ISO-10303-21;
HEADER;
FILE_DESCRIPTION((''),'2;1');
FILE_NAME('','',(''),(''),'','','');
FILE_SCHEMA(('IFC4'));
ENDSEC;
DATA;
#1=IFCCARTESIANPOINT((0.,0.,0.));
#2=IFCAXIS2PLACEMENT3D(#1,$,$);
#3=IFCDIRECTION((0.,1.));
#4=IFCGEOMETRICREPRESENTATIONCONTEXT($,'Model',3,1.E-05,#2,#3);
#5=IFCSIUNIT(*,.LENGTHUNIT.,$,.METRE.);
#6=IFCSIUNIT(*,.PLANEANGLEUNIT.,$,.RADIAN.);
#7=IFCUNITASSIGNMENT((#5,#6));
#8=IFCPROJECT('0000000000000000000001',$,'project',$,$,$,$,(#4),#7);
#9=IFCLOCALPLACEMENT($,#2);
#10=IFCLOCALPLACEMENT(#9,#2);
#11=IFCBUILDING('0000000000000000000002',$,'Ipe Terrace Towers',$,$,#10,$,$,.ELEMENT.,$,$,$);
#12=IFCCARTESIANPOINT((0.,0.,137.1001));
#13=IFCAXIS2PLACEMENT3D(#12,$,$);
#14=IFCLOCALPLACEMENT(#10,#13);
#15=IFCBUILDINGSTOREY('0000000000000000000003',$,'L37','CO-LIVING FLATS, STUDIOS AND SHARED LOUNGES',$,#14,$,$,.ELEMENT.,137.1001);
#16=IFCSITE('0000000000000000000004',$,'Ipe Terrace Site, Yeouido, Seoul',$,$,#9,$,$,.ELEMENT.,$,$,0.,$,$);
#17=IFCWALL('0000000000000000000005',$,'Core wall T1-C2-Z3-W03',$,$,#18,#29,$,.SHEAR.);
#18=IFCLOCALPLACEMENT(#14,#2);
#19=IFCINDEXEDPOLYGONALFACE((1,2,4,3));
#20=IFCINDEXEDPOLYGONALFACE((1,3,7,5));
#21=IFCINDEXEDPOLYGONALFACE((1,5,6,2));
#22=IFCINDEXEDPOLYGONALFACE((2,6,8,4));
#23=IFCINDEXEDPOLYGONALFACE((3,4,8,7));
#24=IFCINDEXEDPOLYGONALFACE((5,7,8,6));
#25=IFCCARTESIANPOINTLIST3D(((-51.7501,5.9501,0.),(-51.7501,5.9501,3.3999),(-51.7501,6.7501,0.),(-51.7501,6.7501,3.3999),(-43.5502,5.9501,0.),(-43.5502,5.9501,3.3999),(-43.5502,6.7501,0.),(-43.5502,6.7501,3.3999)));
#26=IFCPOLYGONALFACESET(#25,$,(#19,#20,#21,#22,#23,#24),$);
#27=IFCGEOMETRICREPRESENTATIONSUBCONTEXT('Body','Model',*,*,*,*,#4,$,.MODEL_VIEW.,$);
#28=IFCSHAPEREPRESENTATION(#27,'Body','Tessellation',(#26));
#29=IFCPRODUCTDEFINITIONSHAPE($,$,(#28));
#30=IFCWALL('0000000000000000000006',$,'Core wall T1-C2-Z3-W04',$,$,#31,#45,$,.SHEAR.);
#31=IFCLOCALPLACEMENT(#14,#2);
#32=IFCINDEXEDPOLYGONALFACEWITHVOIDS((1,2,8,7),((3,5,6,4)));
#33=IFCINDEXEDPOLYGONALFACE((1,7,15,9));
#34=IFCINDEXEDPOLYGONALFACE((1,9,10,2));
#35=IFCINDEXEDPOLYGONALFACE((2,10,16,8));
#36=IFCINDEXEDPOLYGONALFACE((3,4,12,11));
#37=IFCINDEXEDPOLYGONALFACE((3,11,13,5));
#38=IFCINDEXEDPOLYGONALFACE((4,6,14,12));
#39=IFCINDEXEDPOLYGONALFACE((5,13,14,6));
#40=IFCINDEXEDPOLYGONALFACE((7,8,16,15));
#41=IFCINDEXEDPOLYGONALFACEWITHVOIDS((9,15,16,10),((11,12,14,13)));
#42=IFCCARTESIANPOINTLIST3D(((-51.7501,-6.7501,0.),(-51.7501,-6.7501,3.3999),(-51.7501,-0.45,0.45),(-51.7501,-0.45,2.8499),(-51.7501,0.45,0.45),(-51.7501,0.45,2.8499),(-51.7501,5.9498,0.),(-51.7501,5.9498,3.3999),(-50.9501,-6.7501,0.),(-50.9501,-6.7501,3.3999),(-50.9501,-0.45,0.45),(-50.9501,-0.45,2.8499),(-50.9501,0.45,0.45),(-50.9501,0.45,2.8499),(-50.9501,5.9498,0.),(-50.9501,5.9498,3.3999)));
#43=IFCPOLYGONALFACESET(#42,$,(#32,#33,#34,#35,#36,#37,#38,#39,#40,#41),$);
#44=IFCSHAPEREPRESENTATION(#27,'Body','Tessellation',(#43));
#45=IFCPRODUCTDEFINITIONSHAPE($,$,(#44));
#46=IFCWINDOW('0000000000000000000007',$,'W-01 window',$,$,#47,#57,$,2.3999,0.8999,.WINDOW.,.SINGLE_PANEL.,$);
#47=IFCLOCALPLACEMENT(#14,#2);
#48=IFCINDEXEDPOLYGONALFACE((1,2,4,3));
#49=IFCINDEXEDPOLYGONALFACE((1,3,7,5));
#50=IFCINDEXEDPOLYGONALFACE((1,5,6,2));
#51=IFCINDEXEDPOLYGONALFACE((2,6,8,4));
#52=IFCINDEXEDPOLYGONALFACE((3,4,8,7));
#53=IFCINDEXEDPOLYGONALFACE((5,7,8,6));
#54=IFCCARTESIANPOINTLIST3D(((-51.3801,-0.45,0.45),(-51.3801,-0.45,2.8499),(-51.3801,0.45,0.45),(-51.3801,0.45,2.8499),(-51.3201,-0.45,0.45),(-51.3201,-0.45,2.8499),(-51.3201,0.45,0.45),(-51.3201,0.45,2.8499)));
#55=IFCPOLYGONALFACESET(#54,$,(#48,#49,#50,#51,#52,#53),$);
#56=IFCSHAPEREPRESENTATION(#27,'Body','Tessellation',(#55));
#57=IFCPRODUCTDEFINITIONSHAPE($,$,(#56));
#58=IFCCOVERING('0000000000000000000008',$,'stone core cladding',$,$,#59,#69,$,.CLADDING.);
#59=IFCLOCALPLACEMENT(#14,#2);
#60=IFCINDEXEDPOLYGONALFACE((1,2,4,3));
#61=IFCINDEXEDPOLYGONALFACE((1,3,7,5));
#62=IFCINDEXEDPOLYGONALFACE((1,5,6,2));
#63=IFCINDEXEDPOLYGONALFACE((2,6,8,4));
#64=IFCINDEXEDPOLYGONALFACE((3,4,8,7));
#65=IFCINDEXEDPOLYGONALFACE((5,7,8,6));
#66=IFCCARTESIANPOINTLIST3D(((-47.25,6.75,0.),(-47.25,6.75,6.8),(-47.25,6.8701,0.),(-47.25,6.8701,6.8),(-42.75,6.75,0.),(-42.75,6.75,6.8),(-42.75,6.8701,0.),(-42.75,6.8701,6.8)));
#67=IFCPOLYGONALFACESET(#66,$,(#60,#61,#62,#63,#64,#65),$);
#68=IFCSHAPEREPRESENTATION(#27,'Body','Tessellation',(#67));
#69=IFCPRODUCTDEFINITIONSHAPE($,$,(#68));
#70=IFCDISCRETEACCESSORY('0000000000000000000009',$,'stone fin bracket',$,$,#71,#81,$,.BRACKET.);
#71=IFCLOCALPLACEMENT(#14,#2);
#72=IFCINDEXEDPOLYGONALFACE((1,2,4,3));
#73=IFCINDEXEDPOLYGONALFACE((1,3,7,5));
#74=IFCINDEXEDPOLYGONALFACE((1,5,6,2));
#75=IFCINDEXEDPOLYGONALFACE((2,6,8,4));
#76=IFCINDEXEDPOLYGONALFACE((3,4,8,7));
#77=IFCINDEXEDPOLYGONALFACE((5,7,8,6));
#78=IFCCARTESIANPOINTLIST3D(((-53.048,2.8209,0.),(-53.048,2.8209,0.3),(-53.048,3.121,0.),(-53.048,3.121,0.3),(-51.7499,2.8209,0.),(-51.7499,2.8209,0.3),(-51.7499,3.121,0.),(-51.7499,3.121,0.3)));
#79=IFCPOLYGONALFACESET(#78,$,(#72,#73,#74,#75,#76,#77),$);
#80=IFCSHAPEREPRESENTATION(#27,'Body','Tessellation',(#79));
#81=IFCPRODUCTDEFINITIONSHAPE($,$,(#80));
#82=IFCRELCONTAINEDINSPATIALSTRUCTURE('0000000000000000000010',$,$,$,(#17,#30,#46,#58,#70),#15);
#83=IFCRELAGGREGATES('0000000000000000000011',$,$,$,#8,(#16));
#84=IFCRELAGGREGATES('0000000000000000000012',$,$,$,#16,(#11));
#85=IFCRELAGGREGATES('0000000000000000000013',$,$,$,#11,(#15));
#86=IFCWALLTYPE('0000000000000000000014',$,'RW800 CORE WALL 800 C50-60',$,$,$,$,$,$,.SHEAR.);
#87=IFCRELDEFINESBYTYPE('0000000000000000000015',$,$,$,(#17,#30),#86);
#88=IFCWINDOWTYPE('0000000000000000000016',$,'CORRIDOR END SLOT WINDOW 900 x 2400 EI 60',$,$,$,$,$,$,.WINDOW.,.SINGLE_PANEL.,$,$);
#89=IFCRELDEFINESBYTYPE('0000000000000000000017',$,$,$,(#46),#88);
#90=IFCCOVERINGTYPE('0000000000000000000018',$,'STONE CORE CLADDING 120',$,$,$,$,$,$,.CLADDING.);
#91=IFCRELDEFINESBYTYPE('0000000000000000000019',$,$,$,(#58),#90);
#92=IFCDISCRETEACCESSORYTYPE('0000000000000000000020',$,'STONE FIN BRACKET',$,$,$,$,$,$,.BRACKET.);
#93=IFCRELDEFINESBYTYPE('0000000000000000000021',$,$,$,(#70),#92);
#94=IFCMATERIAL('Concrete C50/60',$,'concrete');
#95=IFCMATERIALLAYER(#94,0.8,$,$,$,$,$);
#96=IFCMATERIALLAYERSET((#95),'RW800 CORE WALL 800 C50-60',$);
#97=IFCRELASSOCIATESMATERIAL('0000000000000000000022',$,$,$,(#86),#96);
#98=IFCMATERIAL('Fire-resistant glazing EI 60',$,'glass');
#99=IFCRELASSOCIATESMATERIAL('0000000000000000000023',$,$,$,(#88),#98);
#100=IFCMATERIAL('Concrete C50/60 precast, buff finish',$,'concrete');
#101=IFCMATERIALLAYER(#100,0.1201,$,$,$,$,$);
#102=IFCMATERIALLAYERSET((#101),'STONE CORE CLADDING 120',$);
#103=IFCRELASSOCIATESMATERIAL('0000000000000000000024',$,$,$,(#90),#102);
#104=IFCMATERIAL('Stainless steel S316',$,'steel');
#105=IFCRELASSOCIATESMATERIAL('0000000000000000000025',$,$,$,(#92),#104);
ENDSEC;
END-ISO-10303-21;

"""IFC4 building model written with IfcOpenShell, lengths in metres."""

from ifc_helpers import new_model, si_unit, direction, frame, frame_2d, origin, origin_2d, place, context, subcontext, project, spatial, rectangle, extrude, material, layer, layer_set, type_object, element, fill, save


model = new_model("IFC4")

# Units and contexts
model_context = context("Model", 3, precision=1e-05, world=origin(), true_north=direction((0.0, 1.0)))
body_context = subcontext(model_context, "Body", "Model", "MODEL_VIEW")
ifc_project = project(units=[si_unit("LENGTHUNIT", "METRE"), si_unit("PLANEANGLEUNIT", "RADIAN")], contexts=[model_context])

# Site, building, storey
site_placement = place(None, origin())
site = spatial("IfcSite", under=ifc_project, at=site_placement, Name="Ipe Terrace Site, Yeouido, Seoul", CompositionType="ELEMENT", RefElevation=0.0)
building_placement = place(site_placement, origin())
building = spatial("IfcBuilding", under=site, at=building_placement, Name="Ipe Terrace Towers", CompositionType="ELEMENT")
storey_placement = place(building_placement, frame((0.0, 0.0, 137.1001)))
storey = spatial("IfcBuildingStorey", under=building, at=storey_placement, Name="L37", Description="CO-LIVING FLATS, STUDIOS AND SHARED LOUNGES", CompositionType="ELEMENT", Elevation=137.1001)

# Wall
ifc_material_1 = material(Name="Concrete C50/60", Category="concrete")
ifc_layer_1 = layer(ifc_material_1, 0.8)
ifc_layer_set_1 = layer_set([ifc_layer_1], Name="RW800 CORE WALL 800 C50-60")
wall_type_1 = type_object("IfcWallType", Name="RW800 CORE WALL 800 C50-60", PredefinedType="SHEAR", material=ifc_layer_set_1)
wall_1_placement = place(storey_placement, frame((-43.55, 6.3501, 0.0), z_axis=(0.0, 0.0, 1.0), x_axis=(-1.0, 0.0, 0.0)))
element("IfcWall", 1, at=wall_1_placement, inside=storey, type_object=wall_type_1, Name="Core wall T1-C2-Z3-W03", PredefinedType="SHEAR", context=body_context, shape_type="SweptSolid", body=[
    extrude(rectangle(XDim=8.2, YDim=0.8, at=frame_2d((4.1001, 0.0))), origin(), (0.0, 0.0, 1.0), 3.3999),
])

# Wall, opening, window
wall_2_placement = place(storey_placement, frame((-51.3501, 5.95, 0.0), z_axis=(0.0, 0.0, 1.0), x_axis=(0.0, -1.0, 0.0)))
wall_2 = element("IfcWall", 2, at=wall_2_placement, inside=storey, type_object=wall_type_1, Name="Core wall T1-C2-Z3-W04", PredefinedType="SHEAR", context=body_context, shape_type="SweptSolid", body=[
    extrude(rectangle(XDim=12.7, YDim=0.8, at=frame_2d((6.3501, 0.0))), origin(), (0.0, 0.0, 1.0), 3.3999),
])
opening_1_placement = place(wall_2_placement, frame((5.5, 0.0, 0.45)))
opening_1 = element("IfcOpeningElement", 3, at=opening_1_placement, cuts=wall_2, PredefinedType="OPENING", context=body_context, shape_type="SweptSolid", body=[
    extrude(rectangle(XDim=0.8999, YDim=2.3999, at=frame_2d((0.45, 1.2))), frame((0.0, 0.4102, 0.0), z_axis=(0.0, -1.0, 0.0), x_axis=(1.0, 0.0, 0.0)), (0.0, 0.0, 1.0), 0.8201),
])
ifc_material_2 = material(Name="Fire-resistant glazing EI 60", Category="glass")
window_type = type_object("IfcWindowType", Name="CORRIDOR END SLOT WINDOW 900 x 2400 EI 60", PartitioningType="SINGLE_PANEL", PredefinedType="WINDOW", material=ifc_material_2)
window_placement = place(opening_1_placement, origin())
window = element("IfcWindow", 4, at=window_placement, inside=storey, type_object=window_type, Name="W-01 window", OverallHeight=2.3999, OverallWidth=0.8999, PartitioningType="SINGLE_PANEL", PredefinedType="WINDOW", context=body_context, shape_type="SweptSolid", body=[
    extrude(rectangle(XDim=0.8999, YDim=2.3999, at=frame_2d((0.45, 1.2))), frame((0.0, 0.03, 0.0), z_axis=(0.0, -1.0, 0.0), x_axis=(1.0, 0.0, 0.0)), (0.0, 0.0, 1.0), 0.0601),
])
fill(opening_1, window)

# Covering
ifc_material_3 = material(Name="Concrete C50/60 precast, buff finish", Category="concrete")
ifc_layer_2 = layer(ifc_material_3, 0.1201)
ifc_layer_set_2 = layer_set([ifc_layer_2], Name="STONE CORE CLADDING 120")
covering_type = type_object("IfcCoveringType", Name="STONE CORE CLADDING 120", PredefinedType="CLADDING", material=ifc_layer_set_2)
covering_placement = place(storey_placement, frame((-45.0, 6.8101, 0.0), z_axis=(0.0, 0.0, 1.0), x_axis=(-1.0, 0.0, 0.0)))
element("IfcCovering", 5, at=covering_placement, inside=storey, type_object=covering_type, Name="stone core cladding", PredefinedType="CLADDING", context=body_context, shape_type="SweptSolid", body=[
    extrude(rectangle(XDim=4.5, YDim=0.1201, at=origin_2d()), origin(), (0.0, 0.0, 1.0), 6.8),
])

# Discrete accessory
ifc_material_4 = material(Name="Stainless steel S316", Category="steel")
discrete_accessory_type = type_object("IfcDiscreteAccessoryType", Name="STONE FIN BRACKET", PredefinedType="BRACKET", material=ifc_material_4)
discrete_accessory_placement = place(storey_placement, frame((-52.3989, 2.9709, 0.0), z_axis=(0.0, 0.0, 1.0), x_axis=(0.0, -1.0, 0.0)))
element("IfcDiscreteAccessory", 6, at=discrete_accessory_placement, inside=storey, type_object=discrete_accessory_type, Name="stone fin bracket", PredefinedType="BRACKET", context=body_context, shape_type="SweptSolid", body=[
    extrude(rectangle(XDim=0.3, YDim=1.2981, at=origin_2d()), origin(), (0.0, 0.0, 1.0), 0.3),
])

save(model, "model.ifc")
